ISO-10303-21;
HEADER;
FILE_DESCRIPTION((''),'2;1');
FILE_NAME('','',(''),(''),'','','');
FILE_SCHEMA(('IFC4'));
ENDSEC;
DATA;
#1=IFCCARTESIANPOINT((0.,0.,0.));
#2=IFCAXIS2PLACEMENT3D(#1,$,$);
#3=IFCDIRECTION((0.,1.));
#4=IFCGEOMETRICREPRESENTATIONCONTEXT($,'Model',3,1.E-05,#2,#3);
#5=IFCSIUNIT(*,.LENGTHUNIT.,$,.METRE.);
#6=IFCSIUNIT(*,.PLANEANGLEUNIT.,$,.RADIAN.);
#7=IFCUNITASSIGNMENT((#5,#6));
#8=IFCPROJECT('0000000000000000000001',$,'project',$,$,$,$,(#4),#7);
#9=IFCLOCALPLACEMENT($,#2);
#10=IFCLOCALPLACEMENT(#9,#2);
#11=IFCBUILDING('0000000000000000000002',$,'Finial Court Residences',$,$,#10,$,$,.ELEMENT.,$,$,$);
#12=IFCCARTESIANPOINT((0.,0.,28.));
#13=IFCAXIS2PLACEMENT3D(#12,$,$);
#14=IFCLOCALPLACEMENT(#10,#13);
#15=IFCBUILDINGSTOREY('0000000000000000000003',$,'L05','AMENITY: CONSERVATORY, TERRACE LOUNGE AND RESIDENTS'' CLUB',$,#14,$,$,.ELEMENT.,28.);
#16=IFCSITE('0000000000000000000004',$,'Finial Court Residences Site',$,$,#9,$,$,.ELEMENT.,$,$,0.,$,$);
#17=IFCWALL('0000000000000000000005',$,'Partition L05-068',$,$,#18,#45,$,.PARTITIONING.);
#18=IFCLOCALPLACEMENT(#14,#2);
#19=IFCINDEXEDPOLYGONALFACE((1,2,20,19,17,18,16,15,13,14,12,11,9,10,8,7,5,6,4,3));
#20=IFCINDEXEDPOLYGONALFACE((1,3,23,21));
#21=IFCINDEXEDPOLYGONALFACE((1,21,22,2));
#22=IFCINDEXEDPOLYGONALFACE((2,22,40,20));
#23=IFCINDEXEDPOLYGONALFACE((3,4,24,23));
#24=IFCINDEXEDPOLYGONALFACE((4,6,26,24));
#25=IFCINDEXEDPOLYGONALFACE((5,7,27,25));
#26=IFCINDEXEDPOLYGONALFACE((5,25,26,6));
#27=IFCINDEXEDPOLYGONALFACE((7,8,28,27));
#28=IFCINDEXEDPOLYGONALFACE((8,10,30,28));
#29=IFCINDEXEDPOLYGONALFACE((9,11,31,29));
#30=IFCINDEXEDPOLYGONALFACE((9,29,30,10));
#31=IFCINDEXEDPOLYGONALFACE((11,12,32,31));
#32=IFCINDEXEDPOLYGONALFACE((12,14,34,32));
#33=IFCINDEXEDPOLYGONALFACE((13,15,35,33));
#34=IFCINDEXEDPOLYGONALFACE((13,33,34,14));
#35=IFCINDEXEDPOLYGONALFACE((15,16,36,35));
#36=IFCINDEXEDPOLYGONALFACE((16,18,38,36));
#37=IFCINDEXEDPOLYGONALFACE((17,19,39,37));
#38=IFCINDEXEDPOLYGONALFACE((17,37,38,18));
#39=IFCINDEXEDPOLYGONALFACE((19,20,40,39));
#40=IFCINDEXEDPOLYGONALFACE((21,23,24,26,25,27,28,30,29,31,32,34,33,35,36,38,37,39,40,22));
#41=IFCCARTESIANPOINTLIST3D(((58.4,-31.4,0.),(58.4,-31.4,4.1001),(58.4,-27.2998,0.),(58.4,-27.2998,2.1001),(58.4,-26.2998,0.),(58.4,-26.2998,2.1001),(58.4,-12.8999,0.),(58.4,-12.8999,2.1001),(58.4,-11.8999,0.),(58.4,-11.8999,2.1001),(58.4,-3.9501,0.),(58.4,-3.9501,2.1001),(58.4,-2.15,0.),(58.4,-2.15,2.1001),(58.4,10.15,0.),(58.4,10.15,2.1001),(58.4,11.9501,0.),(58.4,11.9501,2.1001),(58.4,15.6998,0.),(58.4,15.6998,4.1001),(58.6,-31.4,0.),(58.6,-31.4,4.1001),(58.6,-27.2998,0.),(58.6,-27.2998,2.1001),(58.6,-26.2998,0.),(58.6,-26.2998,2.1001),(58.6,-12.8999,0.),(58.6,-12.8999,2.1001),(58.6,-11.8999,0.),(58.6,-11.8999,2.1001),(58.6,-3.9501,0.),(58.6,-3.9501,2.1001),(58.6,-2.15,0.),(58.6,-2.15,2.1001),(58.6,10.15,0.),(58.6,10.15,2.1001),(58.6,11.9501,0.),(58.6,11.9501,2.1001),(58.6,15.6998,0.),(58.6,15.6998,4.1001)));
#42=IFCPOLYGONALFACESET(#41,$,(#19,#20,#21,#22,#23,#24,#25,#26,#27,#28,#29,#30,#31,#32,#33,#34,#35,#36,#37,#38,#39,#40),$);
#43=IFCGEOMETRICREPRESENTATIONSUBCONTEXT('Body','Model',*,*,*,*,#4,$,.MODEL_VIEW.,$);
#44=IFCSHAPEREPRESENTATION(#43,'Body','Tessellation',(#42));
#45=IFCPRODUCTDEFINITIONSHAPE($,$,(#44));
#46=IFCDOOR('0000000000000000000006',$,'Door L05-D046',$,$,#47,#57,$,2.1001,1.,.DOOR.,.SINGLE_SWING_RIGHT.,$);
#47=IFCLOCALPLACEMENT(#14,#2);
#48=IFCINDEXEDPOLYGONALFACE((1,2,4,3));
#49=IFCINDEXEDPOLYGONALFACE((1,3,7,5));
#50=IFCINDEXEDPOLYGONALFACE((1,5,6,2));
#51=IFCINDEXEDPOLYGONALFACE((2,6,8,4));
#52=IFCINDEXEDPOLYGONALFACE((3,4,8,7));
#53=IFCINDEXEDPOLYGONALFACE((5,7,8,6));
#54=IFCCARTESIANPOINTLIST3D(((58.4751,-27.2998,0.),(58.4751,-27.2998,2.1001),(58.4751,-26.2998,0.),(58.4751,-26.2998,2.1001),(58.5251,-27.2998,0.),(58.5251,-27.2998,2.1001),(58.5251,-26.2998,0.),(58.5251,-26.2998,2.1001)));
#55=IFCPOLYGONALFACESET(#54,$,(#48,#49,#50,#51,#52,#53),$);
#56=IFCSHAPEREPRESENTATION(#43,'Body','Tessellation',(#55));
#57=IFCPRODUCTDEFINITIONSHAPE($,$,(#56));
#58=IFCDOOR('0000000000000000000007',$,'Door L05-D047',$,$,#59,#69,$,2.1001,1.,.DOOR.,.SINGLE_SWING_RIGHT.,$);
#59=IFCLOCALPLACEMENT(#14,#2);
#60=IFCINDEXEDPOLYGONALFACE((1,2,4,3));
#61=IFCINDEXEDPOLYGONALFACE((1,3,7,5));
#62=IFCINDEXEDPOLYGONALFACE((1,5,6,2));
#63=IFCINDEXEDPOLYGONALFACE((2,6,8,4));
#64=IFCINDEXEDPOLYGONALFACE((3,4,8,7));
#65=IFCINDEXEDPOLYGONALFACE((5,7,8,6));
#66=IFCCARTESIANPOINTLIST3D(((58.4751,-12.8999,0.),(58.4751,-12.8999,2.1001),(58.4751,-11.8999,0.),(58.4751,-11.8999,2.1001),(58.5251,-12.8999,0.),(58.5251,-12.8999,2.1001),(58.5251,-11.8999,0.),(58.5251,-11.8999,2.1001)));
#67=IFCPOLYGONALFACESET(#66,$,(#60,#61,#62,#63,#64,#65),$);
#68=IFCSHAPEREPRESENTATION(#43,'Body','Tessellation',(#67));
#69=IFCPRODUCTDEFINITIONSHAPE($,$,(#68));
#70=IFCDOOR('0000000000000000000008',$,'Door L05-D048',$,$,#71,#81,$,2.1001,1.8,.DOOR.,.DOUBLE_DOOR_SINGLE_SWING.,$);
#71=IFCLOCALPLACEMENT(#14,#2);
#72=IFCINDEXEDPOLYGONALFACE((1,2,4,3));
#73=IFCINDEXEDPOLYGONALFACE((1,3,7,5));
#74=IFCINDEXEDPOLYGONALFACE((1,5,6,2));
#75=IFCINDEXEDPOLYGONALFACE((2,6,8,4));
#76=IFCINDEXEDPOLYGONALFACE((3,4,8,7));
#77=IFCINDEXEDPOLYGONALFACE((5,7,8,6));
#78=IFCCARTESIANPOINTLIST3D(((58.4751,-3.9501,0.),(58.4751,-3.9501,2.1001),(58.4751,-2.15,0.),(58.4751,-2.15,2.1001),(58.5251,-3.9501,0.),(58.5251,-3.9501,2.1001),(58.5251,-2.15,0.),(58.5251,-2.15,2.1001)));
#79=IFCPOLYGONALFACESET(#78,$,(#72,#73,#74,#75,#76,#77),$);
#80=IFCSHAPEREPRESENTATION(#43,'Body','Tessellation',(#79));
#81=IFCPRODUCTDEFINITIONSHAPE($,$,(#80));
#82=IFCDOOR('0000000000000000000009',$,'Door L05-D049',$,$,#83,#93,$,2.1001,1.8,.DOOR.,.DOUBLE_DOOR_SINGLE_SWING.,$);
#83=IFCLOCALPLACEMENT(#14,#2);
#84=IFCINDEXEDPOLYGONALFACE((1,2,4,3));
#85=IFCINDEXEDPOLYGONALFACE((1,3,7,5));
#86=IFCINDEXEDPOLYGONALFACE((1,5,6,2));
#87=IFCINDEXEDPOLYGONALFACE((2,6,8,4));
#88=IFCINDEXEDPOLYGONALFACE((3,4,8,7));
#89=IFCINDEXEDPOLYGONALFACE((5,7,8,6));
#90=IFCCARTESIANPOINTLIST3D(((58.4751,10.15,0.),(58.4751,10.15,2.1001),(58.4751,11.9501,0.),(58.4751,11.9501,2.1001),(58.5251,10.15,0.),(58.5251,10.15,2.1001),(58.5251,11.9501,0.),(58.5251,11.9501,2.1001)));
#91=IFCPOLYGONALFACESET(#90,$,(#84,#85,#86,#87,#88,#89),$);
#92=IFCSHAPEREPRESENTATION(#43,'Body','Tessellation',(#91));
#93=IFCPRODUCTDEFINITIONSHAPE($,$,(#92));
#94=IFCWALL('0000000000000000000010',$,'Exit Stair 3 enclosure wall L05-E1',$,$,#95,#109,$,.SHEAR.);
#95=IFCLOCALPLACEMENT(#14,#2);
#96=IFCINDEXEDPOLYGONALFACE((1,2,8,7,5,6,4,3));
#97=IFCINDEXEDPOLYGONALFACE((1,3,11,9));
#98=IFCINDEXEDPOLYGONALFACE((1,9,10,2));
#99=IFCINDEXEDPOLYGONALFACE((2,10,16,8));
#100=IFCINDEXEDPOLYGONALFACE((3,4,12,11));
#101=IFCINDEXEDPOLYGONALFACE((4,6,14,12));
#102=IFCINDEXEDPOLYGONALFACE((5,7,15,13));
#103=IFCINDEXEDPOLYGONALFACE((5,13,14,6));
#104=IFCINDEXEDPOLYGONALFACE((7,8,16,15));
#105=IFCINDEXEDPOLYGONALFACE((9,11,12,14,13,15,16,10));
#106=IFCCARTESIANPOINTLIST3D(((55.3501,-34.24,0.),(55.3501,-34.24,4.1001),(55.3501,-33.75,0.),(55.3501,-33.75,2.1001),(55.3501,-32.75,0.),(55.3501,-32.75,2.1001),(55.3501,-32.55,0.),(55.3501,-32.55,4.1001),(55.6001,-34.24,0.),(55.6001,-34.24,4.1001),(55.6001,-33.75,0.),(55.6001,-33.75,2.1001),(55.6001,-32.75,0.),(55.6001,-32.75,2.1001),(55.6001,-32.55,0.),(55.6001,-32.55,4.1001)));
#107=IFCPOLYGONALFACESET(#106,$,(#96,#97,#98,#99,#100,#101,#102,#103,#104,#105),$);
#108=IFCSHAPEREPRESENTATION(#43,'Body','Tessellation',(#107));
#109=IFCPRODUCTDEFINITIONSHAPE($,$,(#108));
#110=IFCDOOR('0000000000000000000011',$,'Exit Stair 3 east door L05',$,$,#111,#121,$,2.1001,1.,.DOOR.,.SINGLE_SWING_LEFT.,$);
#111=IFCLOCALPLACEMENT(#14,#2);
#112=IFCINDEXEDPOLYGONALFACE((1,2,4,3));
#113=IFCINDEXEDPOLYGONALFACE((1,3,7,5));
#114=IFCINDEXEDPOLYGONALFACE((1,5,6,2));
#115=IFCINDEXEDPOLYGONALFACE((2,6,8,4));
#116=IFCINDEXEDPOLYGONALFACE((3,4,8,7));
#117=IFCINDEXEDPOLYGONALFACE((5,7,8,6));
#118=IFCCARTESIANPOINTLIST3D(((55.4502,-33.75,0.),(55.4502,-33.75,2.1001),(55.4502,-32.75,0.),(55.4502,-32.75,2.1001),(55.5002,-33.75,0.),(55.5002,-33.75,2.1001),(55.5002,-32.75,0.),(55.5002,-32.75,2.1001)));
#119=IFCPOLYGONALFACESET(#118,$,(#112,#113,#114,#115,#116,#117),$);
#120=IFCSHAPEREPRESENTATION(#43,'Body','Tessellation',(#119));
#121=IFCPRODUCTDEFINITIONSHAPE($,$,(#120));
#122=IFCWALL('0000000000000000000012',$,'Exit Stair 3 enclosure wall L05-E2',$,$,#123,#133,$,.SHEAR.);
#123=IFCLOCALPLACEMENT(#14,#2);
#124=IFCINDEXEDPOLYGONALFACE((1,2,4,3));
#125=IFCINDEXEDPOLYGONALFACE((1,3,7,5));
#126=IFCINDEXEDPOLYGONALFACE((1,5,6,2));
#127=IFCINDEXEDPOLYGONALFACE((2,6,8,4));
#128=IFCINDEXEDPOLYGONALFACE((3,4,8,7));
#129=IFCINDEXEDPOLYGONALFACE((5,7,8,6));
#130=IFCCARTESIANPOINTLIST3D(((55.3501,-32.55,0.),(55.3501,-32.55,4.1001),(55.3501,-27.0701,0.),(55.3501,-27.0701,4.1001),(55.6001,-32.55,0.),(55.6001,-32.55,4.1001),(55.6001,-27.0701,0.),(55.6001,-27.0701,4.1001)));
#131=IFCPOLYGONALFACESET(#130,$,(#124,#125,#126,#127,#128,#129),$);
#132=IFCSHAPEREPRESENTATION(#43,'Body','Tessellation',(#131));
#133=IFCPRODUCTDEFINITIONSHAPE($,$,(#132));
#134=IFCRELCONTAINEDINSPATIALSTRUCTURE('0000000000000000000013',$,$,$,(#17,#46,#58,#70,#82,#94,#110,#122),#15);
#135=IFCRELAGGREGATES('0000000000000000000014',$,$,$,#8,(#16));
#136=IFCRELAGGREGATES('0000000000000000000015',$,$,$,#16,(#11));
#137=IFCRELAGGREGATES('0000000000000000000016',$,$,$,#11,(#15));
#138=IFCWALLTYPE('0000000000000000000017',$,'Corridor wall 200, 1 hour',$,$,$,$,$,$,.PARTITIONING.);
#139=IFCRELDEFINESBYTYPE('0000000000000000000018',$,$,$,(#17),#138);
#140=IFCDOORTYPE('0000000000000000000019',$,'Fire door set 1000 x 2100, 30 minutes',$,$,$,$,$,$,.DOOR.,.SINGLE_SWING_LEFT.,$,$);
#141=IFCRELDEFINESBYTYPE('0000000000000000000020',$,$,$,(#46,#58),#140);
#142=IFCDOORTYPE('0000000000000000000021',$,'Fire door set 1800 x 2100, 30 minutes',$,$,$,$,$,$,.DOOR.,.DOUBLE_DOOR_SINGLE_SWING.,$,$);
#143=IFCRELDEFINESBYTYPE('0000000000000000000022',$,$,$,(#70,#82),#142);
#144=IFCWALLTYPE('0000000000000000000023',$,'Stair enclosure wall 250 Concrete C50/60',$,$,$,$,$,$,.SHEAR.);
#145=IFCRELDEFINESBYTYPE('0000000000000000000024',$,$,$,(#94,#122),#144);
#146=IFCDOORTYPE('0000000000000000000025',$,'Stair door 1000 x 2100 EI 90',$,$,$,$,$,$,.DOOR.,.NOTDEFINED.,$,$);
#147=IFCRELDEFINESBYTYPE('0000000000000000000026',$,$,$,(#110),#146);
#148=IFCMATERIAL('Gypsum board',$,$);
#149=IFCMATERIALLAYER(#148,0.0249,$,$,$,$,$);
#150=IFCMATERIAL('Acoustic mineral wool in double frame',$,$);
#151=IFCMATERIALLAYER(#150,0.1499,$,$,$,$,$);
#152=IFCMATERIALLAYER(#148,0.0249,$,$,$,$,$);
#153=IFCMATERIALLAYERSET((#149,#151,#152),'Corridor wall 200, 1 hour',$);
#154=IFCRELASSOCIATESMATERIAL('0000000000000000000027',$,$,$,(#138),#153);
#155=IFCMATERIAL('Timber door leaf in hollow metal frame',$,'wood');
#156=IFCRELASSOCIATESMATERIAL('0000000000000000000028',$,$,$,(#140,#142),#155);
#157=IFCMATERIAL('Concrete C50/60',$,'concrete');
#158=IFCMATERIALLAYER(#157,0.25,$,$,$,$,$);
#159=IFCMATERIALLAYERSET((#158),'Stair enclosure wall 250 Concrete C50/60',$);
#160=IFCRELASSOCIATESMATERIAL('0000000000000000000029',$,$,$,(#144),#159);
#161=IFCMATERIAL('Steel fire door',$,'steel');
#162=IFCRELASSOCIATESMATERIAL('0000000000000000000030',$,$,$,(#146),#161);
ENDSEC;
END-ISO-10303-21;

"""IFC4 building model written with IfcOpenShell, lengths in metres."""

from ifc_helpers import new_model, si_unit, direction, frame, frame_2d, origin, place, context, subcontext, project, spatial, rectangle, extrude, material, layer, layer_set, type_object, element, fill, save


model = new_model("IFC4")

# Units and contexts
model_context = context("Model", 3, precision=1e-05, world=origin(), true_north=direction((0.0, 1.0)))
body_context = subcontext(model_context, "Body", "Model", "MODEL_VIEW")
ifc_project = project(units=[si_unit("LENGTHUNIT", "METRE"), si_unit("PLANEANGLEUNIT", "RADIAN")], contexts=[model_context])

# Site, building, storey
site_placement = place(None, origin())
site = spatial("IfcSite", under=ifc_project, at=site_placement, Name="Finial Court Residences Site", CompositionType="ELEMENT", RefElevation=0.0)
building_placement = place(site_placement, origin())
building = spatial("IfcBuilding", under=site, at=building_placement, Name="Finial Court Residences", CompositionType="ELEMENT")
storey_placement = place(building_placement, frame((0.0, 0.0, 28.0)))
storey = spatial("IfcBuildingStorey", under=building, at=storey_placement, Name="L05", Description="AMENITY: CONSERVATORY, TERRACE LOUNGE AND RESIDENTS' CLUB", CompositionType="ELEMENT", Elevation=28.0)

# Shared definitions
ifc_material_1 = material(Name="Concrete C50/60", Category="concrete")

# Shared definitions
ifc_material_2 = material(Name="Gypsum board")
ifc_layer_1 = layer(ifc_material_2, 0.0249)
ifc_material_3 = material(Name="Acoustic mineral wool in double frame")
ifc_layer_2 = layer(ifc_material_3, 0.1499)
ifc_layer_3 = layer(ifc_material_2, 0.0249)
ifc_layer_set_1 = layer_set([ifc_layer_1, ifc_layer_2, ifc_layer_3], Name="Corridor wall 200, 1 hour")
wall_type_1 = type_object("IfcWallType", Name="Corridor wall 200, 1 hour", PredefinedType="PARTITIONING", material=ifc_layer_set_1)

# Wall, openings, doors
wall_1_placement = place(storey_placement, frame((58.5, -31.3999, 0.0), z_axis=(0.0, 0.0, 1.0), x_axis=(0.0, 1.0, 0.0)))
wall_1 = element("IfcWall", 1, at=wall_1_placement, inside=storey, type_object=wall_type_1, Name="Partition L05-068", PredefinedType="PARTITIONING", context=body_context, shape_type="SweptSolid", body=[
    extrude(rectangle(XDim=47.0999, YDim=0.2, at=frame_2d((23.5498, 0.0))), origin(), (0.0, 0.0, 1.0), 4.1001),
])
opening_1_placement = place(wall_1_placement, frame((4.1001, 0.0, 0.0)))
opening_1 = element("IfcOpeningElement", 2, at=opening_1_placement, cuts=wall_1, PredefinedType="OPENING", context=body_context, shape_type="SweptSolid", body=[
    extrude(rectangle(XDim=1.0, YDim=2.1001, at=frame_2d((0.5, 1.05))), frame((0.0, 0.1099, 0.0), z_axis=(0.0, -1.0, 0.0), x_axis=(1.0, 0.0, 0.0)), (0.0, 0.0, 1.0), 0.22),
])
opening_2_placement = place(wall_1_placement, frame((18.5, 0.0, 0.0)))
opening_2 = element("IfcOpeningElement", 3, at=opening_2_placement, cuts=wall_1, PredefinedType="OPENING", context=body_context, shape_type="SweptSolid", body=[
    extrude(rectangle(XDim=1.0, YDim=2.1001, at=frame_2d((0.5, 1.05))), frame((0.0, 0.1099, 0.0), z_axis=(0.0, -1.0, 0.0), x_axis=(1.0, 0.0, 0.0)), (0.0, 0.0, 1.0), 0.22),
])
opening_3_placement = place(wall_1_placement, frame((27.45, 0.0, 0.0)))
opening_3 = element("IfcOpeningElement", 4, at=opening_3_placement, cuts=wall_1, PredefinedType="OPENING", context=body_context, shape_type="SweptSolid", body=[
    extrude(rectangle(XDim=1.8, YDim=2.1001, at=frame_2d((0.8999, 1.05))), frame((0.0, 0.1099, 0.0), z_axis=(0.0, -1.0, 0.0), x_axis=(1.0, 0.0, 0.0)), (0.0, 0.0, 1.0), 0.22),
])
opening_4_placement = place(wall_1_placement, frame((41.55, 0.0, 0.0)))
opening_4 = element("IfcOpeningElement", 5, at=opening_4_placement, cuts=wall_1, PredefinedType="OPENING", context=body_context, shape_type="SweptSolid", body=[
    extrude(rectangle(XDim=1.8, YDim=2.1001, at=frame_2d((0.8999, 1.05))), frame((0.0, 0.1099, 0.0), z_axis=(0.0, -1.0, 0.0), x_axis=(1.0, 0.0, 0.0)), (0.0, 0.0, 1.0), 0.22),
])
ifc_material_4 = material(Name="Timber door leaf in hollow metal frame", Category="wood")
door_type_1 = type_object("IfcDoorType", Name="Fire door set 1000 x 2100, 30 minutes", OperationType="SINGLE_SWING_LEFT", PredefinedType="DOOR", material=ifc_material_4)
door_1_placement = place(opening_1_placement, origin())
door_1 = element("IfcDoor", 6, at=door_1_placement, inside=storey, type_object=door_type_1, Name="Door L05-D046", OperationType="SINGLE_SWING_RIGHT", OverallHeight=2.1001, OverallWidth=1.0, PredefinedType="DOOR", context=body_context, shape_type="SweptSolid", body=[
    extrude(rectangle(XDim=1.0, YDim=2.1001, at=frame_2d((0.5, 1.05))), frame((0.0, 0.0249, 0.0), z_axis=(0.0, -1.0, 0.0), x_axis=(1.0, 0.0, 0.0)), (0.0, 0.0, 1.0), 0.05),
])
fill(opening_1, door_1)
door_2_placement = place(opening_2_placement, origin())
door_2 = element("IfcDoor", 7, at=door_2_placement, inside=storey, type_object=door_type_1, Name="Door L05-D047", OperationType="SINGLE_SWING_RIGHT", OverallHeight=2.1001, OverallWidth=1.0, PredefinedType="DOOR", context=body_context, shape_type="SweptSolid", body=[
    extrude(rectangle(XDim=1.0, YDim=2.1001, at=frame_2d((0.5, 1.05))), frame((0.0, 0.0249, 0.0), z_axis=(0.0, -1.0, 0.0), x_axis=(1.0, 0.0, 0.0)), (0.0, 0.0, 1.0), 0.05),
])
fill(opening_2, door_2)
door_type_2 = type_object("IfcDoorType", Name="Fire door set 1800 x 2100, 30 minutes", OperationType="DOUBLE_DOOR_SINGLE_SWING", PredefinedType="DOOR", material=ifc_material_4)
door_3_placement = place(opening_3_placement, origin())
door_3 = element("IfcDoor", 8, at=door_3_placement, inside=storey, type_object=door_type_2, Name="Door L05-D048", OperationType="DOUBLE_DOOR_SINGLE_SWING", OverallHeight=2.1001, OverallWidth=1.8, PredefinedType="DOOR", context=body_context, shape_type="SweptSolid", body=[
    extrude(rectangle(XDim=1.8, YDim=2.1001, at=frame_2d((0.8999, 1.05))), frame((0.0, 0.0249, 0.0), z_axis=(0.0, -1.0, 0.0), x_axis=(1.0, 0.0, 0.0)), (0.0, 0.0, 1.0), 0.05),
])
fill(opening_3, door_3)
door_4_placement = place(opening_4_placement, origin())
door_4 = element("IfcDoor", 9, at=door_4_placement, inside=storey, type_object=door_type_2, Name="Door L05-D049", OperationType="DOUBLE_DOOR_SINGLE_SWING", OverallHeight=2.1001, OverallWidth=1.8, PredefinedType="DOOR", context=body_context, shape_type="SweptSolid", body=[
    extrude(rectangle(XDim=1.8, YDim=2.1001, at=frame_2d((0.8999, 1.05))), frame((0.0, 0.0249, 0.0), z_axis=(0.0, -1.0, 0.0), x_axis=(1.0, 0.0, 0.0)), (0.0, 0.0, 1.0), 0.05),
])
fill(opening_4, door_4)

# Wall, opening, door
ifc_layer_4 = layer(ifc_material_1, 0.25)
ifc_layer_set_2 = layer_set([ifc_layer_4], Name="Stair enclosure wall 250 Concrete C50/60")
wall_type_2 = type_object("IfcWallType", Name="Stair enclosure wall 250 Concrete C50/60", PredefinedType="SHEAR", material=ifc_layer_set_2)
wall_2_placement = place(storey_placement, frame((55.4751, -34.24, 0.0), z_axis=(0.0, 0.0, 1.0), x_axis=(0.0, 1.0, 0.0)))
wall_2 = element("IfcWall", 10, at=wall_2_placement, inside=storey, type_object=wall_type_2, Name="Exit Stair 3 enclosure wall L05-E1", PredefinedType="SHEAR", context=body_context, shape_type="SweptSolid", body=[
    extrude(rectangle(XDim=1.6899, YDim=0.25, at=frame_2d((0.845, 0.0))), origin(), (0.0, 0.0, 1.0), 4.1001),
])
opening_5_placement = place(wall_2_placement, frame((0.49, 0.0, 0.0)))
opening_5 = element("IfcOpeningElement", 11, at=opening_5_placement, cuts=wall_2, PredefinedType="OPENING", context=body_context, shape_type="SweptSolid", body=[
    extrude(rectangle(XDim=1.0, YDim=2.1001, at=frame_2d((0.5, 1.05))), frame((0.0, 0.135, 0.0), z_axis=(0.0, -1.0, 0.0), x_axis=(1.0, 0.0, 0.0)), (0.0, 0.0, 1.0), 0.27),
])
ifc_material_5 = material(Name="Steel fire door", Category="steel")
door_type_3 = type_object("IfcDoorType", Name="Stair door 1000 x 2100 EI 90", OperationType="NOTDEFINED", PredefinedType="DOOR", material=ifc_material_5)
door_5_placement = place(opening_5_placement, origin())
door_5 = element("IfcDoor", 12, at=door_5_placement, inside=storey, type_object=door_type_3, Name="Exit Stair 3 east door L05", OperationType="SINGLE_SWING_LEFT", OverallHeight=2.1001, OverallWidth=1.0, PredefinedType="DOOR", context=body_context, shape_type="SweptSolid", body=[
    extrude(rectangle(XDim=1.0, YDim=2.1001, at=frame_2d((0.5, 1.05))), frame((0.0, 0.0249, 0.0), z_axis=(0.0, -1.0, 0.0), x_axis=(1.0, 0.0, 0.0)), (0.0, 0.0, 1.0), 0.05),
])
fill(opening_5, door_5)

# Wall
wall_3_placement = place(storey_placement, frame((55.4751, -32.55, 0.0), z_axis=(0.0, 0.0, 1.0), x_axis=(0.0, 1.0, 0.0)))
element("IfcWall", 13, at=wall_3_placement, inside=storey, type_object=wall_type_2, Name="Exit Stair 3 enclosure wall L05-E2", PredefinedType="SHEAR", context=body_context, shape_type="SweptSolid", body=[
    extrude(rectangle(XDim=5.48, YDim=0.25, at=frame_2d((2.74, 0.0))), origin(), (0.0, 0.0, 1.0), 4.1001),
])

save(model, "model.ifc")
